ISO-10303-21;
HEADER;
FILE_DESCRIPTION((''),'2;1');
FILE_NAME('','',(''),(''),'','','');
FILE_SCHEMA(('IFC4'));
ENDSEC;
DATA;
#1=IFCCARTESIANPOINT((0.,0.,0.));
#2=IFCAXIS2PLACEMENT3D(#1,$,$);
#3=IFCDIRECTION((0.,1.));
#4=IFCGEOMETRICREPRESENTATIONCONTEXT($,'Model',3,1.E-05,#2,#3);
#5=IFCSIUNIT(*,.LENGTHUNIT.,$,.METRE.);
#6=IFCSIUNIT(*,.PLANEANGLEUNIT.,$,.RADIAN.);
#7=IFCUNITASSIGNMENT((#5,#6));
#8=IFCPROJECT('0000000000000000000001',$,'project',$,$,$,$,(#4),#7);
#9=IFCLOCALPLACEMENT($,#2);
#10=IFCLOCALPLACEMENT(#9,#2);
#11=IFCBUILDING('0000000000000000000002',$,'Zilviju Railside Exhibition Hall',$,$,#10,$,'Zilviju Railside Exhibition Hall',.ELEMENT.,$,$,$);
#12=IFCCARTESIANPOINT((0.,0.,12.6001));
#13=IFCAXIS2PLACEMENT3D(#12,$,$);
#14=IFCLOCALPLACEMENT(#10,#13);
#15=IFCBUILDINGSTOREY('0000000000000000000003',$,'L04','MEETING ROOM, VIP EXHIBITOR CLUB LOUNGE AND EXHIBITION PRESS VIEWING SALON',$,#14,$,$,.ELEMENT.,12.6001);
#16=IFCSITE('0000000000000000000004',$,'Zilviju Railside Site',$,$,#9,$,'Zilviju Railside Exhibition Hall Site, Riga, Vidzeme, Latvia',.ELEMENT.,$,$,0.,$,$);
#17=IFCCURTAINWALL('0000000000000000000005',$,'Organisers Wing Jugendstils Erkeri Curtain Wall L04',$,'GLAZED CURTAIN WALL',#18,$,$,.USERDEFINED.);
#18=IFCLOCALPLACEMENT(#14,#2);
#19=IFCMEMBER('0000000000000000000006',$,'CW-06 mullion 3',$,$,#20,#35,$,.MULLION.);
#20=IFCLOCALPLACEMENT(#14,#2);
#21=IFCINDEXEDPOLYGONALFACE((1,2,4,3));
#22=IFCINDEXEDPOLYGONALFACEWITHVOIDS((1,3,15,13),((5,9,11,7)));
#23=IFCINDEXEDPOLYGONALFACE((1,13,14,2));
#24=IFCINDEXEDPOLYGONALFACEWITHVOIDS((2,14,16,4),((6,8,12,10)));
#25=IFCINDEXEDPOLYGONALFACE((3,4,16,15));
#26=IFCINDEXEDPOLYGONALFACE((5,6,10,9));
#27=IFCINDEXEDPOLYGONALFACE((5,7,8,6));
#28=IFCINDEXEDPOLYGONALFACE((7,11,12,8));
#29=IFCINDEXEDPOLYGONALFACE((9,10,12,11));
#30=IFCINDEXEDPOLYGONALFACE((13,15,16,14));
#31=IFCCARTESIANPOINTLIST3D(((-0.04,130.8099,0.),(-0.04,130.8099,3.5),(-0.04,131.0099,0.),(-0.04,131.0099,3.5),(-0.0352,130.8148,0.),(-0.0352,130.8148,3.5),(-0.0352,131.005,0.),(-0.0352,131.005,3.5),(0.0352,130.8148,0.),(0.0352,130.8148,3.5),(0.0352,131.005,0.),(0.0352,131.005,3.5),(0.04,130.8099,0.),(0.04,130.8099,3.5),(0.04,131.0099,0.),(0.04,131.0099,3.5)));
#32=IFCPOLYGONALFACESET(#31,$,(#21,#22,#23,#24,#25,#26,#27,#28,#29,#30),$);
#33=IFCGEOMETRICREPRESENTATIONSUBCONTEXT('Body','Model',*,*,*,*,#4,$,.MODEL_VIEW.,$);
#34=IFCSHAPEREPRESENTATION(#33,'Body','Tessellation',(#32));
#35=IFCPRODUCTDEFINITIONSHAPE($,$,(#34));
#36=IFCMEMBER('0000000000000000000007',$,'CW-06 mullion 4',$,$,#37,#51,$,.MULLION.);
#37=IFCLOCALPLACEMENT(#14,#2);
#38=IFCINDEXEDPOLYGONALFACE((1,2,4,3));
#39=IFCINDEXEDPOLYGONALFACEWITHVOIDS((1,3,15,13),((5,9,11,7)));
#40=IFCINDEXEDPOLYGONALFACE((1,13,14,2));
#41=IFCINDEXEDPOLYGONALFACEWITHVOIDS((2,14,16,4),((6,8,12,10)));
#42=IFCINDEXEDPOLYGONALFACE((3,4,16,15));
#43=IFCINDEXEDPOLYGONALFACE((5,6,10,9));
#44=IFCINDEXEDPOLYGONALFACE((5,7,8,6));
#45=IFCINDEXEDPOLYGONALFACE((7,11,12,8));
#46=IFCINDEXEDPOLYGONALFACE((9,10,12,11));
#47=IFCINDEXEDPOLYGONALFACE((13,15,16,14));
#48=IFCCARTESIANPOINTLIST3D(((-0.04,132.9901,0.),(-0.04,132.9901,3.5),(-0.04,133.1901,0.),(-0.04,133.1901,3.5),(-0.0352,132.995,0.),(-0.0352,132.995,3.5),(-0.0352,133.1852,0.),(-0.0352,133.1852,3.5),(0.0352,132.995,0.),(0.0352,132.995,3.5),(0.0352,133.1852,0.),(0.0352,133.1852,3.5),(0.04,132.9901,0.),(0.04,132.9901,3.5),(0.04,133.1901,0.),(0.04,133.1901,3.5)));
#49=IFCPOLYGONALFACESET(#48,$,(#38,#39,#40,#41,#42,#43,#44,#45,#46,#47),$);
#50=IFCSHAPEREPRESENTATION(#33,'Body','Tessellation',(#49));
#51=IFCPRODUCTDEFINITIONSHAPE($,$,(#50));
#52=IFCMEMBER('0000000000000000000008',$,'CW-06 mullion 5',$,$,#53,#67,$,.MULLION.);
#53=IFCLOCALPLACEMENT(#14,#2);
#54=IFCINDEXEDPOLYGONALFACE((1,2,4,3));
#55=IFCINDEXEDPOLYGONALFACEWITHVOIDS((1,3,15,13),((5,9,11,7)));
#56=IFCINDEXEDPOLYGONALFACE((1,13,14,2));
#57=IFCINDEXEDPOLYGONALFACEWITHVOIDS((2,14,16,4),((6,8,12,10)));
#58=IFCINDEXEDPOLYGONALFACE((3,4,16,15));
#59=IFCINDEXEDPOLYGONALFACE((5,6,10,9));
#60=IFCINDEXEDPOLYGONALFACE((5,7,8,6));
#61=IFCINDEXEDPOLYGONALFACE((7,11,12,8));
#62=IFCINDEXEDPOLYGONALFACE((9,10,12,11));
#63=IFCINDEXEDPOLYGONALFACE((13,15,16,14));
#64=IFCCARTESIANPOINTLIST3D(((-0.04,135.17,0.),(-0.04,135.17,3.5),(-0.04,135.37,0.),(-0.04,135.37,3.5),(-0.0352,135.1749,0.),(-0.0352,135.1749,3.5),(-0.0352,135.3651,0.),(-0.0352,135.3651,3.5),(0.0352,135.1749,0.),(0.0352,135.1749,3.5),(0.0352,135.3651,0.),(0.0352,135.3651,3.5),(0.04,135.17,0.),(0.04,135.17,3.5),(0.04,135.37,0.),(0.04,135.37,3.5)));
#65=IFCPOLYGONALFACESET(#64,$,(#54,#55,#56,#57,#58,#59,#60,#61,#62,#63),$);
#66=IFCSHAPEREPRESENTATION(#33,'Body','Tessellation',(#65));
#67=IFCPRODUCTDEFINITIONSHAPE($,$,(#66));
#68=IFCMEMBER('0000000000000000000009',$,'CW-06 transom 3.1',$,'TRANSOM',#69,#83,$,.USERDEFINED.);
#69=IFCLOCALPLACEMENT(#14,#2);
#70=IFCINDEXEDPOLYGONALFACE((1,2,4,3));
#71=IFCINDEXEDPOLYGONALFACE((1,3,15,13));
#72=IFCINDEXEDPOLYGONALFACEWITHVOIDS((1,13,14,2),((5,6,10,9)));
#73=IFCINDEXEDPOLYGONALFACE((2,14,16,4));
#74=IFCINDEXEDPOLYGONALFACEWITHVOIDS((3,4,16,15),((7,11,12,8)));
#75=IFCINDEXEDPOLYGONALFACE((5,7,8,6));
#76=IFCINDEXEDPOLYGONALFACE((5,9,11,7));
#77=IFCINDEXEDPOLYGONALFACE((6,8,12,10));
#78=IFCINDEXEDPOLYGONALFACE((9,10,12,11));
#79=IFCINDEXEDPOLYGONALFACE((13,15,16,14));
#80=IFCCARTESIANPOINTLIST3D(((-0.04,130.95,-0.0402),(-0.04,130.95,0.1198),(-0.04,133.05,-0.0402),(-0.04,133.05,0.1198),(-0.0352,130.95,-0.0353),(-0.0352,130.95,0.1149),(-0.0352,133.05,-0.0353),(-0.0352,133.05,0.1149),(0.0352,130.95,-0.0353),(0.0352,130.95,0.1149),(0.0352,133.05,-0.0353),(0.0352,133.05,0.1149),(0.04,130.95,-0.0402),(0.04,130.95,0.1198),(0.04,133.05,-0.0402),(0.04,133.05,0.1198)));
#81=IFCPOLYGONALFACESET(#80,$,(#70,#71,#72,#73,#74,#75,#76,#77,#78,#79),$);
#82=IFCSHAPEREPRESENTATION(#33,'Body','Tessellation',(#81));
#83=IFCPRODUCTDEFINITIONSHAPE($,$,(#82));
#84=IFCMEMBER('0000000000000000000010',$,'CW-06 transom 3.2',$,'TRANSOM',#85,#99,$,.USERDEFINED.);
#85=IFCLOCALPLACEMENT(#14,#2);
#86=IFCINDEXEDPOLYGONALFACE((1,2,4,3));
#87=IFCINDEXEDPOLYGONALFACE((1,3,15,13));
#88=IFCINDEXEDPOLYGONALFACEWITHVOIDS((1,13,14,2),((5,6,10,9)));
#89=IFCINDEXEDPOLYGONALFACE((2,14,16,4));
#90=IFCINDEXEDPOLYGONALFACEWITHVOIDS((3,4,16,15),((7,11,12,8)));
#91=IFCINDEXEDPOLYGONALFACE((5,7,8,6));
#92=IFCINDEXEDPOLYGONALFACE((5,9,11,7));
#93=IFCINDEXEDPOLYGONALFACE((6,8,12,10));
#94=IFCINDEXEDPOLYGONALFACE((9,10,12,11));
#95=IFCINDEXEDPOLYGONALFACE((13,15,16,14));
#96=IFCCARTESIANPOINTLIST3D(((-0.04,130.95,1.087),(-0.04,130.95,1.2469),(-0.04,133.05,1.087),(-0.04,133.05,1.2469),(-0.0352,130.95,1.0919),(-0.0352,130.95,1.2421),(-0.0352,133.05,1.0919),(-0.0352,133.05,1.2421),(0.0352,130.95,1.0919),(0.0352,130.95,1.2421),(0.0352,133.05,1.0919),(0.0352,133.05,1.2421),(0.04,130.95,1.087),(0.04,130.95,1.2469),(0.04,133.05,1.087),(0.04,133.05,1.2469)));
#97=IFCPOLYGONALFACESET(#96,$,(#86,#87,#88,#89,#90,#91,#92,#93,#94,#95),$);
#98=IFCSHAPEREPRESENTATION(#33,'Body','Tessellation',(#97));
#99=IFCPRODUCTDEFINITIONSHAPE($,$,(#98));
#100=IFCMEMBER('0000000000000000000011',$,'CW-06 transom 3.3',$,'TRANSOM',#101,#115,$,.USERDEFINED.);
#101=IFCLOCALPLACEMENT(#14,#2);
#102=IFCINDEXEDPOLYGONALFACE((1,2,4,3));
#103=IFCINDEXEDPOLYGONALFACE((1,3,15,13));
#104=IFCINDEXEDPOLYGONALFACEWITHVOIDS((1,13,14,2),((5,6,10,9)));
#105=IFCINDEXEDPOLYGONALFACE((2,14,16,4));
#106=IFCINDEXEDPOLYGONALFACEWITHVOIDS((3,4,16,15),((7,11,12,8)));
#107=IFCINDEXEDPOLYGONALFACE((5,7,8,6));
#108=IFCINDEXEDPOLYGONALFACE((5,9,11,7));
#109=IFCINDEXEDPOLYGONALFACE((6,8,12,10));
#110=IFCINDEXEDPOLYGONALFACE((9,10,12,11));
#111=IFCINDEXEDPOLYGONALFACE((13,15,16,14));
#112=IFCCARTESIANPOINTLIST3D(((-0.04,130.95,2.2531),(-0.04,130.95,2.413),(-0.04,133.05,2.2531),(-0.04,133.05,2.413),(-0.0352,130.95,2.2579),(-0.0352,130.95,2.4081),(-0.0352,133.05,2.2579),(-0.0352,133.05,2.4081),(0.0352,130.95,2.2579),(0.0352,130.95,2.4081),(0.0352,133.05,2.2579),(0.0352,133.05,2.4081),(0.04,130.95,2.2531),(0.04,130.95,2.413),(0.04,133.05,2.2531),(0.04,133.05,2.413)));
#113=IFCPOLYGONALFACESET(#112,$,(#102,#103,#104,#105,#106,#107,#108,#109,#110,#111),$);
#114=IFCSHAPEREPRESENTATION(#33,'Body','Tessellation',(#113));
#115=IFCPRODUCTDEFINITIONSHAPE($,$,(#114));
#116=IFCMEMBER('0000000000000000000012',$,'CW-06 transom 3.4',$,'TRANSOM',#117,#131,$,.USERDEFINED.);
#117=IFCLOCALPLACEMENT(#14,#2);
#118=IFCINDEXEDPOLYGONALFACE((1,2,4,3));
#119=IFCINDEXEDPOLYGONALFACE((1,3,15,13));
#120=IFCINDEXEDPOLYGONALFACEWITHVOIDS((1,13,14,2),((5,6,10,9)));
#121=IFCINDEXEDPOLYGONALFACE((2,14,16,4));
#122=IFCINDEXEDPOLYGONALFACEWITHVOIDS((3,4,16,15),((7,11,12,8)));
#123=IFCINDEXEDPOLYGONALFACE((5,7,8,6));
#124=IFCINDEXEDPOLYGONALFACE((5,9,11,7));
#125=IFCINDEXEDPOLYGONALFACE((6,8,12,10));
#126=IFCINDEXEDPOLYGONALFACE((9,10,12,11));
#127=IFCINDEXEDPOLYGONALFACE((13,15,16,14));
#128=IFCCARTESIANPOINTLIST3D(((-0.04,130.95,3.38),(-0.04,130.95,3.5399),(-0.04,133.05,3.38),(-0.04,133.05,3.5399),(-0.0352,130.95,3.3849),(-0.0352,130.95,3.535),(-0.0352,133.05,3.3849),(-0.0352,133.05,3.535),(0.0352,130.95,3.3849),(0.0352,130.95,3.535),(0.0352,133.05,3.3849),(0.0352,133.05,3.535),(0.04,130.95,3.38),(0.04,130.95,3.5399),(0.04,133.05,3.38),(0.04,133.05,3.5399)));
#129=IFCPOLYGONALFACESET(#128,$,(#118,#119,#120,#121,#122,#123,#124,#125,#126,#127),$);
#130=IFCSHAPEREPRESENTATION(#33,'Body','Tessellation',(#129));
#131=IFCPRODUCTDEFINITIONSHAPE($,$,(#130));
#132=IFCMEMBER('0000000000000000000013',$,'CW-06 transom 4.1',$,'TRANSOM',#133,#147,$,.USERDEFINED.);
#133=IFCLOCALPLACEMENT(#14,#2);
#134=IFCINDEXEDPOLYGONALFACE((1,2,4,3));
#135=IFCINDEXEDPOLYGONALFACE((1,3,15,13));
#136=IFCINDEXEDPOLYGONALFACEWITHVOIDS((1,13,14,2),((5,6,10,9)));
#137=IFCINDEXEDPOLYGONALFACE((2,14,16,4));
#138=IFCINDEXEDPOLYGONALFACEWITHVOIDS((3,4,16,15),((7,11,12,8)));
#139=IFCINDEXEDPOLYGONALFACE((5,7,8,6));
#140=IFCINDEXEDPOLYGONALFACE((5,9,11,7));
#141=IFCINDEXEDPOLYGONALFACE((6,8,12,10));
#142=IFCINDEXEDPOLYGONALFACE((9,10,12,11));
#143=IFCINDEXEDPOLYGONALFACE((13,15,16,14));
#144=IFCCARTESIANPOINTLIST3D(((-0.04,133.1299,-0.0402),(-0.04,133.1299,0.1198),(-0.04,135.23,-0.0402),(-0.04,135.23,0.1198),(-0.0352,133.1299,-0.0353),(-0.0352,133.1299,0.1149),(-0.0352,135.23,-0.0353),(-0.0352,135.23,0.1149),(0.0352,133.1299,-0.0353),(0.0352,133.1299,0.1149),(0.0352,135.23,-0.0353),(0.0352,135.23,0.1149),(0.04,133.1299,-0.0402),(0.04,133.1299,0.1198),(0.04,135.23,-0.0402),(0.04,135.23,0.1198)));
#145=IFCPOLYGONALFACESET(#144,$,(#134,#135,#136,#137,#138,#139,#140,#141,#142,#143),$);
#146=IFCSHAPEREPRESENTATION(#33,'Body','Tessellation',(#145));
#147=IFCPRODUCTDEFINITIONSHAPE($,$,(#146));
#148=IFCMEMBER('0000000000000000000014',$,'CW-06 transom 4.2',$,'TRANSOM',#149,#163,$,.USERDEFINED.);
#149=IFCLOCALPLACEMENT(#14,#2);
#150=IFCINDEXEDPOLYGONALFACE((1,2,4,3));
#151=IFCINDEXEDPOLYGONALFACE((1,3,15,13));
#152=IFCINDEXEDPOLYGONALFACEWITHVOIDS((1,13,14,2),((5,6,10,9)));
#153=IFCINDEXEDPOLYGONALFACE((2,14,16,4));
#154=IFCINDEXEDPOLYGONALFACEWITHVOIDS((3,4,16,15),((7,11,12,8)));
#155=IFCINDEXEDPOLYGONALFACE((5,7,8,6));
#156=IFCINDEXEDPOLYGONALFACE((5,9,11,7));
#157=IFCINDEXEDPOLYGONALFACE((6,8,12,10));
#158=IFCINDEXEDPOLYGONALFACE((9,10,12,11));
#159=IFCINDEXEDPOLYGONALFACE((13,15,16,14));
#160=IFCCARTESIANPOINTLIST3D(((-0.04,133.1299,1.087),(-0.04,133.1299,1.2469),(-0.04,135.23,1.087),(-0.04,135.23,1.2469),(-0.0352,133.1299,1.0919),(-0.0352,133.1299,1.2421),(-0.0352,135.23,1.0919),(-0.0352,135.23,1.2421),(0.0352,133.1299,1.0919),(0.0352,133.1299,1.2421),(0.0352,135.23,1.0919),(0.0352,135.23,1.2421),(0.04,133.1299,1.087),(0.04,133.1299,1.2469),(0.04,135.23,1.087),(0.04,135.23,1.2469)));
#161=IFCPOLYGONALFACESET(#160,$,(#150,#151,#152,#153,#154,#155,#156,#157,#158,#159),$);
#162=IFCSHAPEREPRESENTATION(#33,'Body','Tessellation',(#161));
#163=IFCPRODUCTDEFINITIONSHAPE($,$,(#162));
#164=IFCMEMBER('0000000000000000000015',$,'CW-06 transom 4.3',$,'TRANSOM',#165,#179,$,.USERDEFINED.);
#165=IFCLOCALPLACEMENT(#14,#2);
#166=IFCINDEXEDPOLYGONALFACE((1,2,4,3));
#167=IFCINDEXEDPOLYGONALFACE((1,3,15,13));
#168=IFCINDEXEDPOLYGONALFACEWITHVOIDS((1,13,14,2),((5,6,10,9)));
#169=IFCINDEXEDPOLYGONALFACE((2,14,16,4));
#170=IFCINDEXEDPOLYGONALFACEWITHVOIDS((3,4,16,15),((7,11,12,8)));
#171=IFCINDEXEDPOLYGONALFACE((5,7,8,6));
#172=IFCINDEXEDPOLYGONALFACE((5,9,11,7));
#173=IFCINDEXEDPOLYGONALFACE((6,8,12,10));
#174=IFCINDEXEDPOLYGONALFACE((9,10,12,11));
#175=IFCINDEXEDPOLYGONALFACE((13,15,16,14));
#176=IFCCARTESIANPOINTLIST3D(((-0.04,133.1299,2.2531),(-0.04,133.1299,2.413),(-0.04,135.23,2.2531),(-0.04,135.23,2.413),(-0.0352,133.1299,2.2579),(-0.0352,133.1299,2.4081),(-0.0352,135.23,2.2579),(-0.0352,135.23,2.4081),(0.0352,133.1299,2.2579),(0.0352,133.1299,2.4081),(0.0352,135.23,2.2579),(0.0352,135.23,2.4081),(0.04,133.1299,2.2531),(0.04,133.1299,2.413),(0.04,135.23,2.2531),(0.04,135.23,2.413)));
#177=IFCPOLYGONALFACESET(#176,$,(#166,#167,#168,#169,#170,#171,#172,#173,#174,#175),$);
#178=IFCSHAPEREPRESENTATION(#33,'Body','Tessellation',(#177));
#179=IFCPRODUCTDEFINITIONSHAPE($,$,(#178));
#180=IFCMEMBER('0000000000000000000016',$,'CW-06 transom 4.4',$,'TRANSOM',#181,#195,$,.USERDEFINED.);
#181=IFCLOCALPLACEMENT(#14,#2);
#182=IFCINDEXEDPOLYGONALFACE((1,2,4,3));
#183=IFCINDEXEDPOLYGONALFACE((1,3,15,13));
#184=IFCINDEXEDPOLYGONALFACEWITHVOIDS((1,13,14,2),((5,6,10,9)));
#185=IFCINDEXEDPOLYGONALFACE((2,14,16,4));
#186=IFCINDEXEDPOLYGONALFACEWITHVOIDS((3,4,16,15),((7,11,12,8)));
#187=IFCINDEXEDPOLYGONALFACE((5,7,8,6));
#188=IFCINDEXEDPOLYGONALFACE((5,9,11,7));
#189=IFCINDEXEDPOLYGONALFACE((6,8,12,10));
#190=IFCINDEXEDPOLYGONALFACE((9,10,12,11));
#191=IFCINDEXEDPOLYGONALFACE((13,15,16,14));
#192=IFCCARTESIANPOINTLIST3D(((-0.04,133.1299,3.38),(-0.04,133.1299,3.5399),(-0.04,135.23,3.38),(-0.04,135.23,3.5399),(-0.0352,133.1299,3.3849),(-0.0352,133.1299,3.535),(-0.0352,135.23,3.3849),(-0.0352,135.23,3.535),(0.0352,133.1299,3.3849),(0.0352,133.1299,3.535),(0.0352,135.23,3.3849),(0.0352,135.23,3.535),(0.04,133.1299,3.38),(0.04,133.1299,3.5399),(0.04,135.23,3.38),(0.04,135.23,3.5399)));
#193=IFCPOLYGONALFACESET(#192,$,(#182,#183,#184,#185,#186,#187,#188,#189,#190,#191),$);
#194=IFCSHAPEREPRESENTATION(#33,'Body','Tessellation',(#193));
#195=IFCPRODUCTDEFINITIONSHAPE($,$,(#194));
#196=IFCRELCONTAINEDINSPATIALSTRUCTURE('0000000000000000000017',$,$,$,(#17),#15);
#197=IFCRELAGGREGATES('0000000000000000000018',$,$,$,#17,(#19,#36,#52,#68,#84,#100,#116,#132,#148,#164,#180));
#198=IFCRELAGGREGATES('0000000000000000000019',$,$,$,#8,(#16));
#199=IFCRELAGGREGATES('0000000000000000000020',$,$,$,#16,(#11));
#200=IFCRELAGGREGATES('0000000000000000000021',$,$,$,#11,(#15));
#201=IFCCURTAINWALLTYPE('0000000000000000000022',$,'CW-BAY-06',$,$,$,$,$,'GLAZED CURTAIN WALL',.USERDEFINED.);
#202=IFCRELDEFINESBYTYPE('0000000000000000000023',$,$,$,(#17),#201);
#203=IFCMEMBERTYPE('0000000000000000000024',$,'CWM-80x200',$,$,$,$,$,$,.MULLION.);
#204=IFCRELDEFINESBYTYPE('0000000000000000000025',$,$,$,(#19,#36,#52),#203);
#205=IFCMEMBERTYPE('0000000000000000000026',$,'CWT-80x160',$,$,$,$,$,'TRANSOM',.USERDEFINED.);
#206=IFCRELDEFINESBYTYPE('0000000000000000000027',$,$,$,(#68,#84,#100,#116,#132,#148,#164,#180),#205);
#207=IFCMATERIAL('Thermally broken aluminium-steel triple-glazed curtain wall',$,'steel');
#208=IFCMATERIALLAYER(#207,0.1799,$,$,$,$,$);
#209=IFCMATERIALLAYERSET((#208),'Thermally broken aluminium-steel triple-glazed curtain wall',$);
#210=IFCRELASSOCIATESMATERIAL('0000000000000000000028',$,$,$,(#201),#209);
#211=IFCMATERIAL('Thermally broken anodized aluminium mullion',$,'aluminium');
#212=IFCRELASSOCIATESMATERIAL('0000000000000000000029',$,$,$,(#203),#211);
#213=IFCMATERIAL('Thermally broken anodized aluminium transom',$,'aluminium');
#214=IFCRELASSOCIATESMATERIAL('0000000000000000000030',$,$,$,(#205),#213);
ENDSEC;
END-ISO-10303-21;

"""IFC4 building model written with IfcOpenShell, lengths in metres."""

from ifc_helpers import new_model, si_unit, direction, frame, origin, origin_2d, place, context, subcontext, project, spatial, hollow_rectangle, extrude, material, layer, layer_set, material_profile, profile_set, type_object, element, aggregate, save


model = new_model("IFC4")

# Units and contexts
model_context = context("Model", 3, precision=1e-05, world=origin(), true_north=direction((0.0, 1.0)))
body_context = subcontext(model_context, "Body", "Model", "MODEL_VIEW")
ifc_project = project(units=[si_unit("LENGTHUNIT", "METRE"), si_unit("PLANEANGLEUNIT", "RADIAN")], contexts=[model_context])

# Site, building, storey
site_placement = place(None, origin())
site = spatial("IfcSite", under=ifc_project, at=site_placement, Name="Zilviju Railside Site", LongName="Zilviju Railside Exhibition Hall Site, Riga, Vidzeme, Latvia", CompositionType="ELEMENT", RefElevation=0.0)
building_placement = place(site_placement, origin())
building = spatial("IfcBuilding", under=site, at=building_placement, Name="Zilviju Railside Exhibition Hall", LongName="Zilviju Railside Exhibition Hall", CompositionType="ELEMENT")
storey_placement = place(building_placement, frame((0.0, 0.0, 12.6001)))
storey = spatial("IfcBuildingStorey", under=building, at=storey_placement, Name="L04", Description="MEETING ROOM, VIP EXHIBITOR CLUB LOUNGE AND EXHIBITION PRESS VIEWING SALON", CompositionType="ELEMENT", Elevation=12.6001)

# Curtain wall, members
ifc_material_1 = material(Name="Thermally broken aluminium-steel triple-glazed curtain wall", Category="steel")
ifc_layer_1 = layer(ifc_material_1, 0.1799)
ifc_layer_set_1 = layer_set([ifc_layer_1], Name="Thermally broken aluminium-steel triple-glazed curtain wall")
curtain_wall_type = type_object("IfcCurtainWallType", Name="CW-BAY-06", ElementType="GLAZED CURTAIN WALL", PredefinedType="USERDEFINED", material=ifc_layer_set_1)
curtain_wall_placement = place(storey_placement, origin())
curtain_wall = element("IfcCurtainWall", 1, at=curtain_wall_placement, inside=storey, type_object=curtain_wall_type, Name="Organisers Wing Jugendstils Erkeri Curtain Wall L04", ObjectType="GLAZED CURTAIN WALL", PredefinedType="USERDEFINED")
ifc_material_2 = material(Name="Thermally broken anodized aluminium mullion", Category="aluminium")
ifc_material_profile_1 = material_profile(ifc_material_2, hollow_rectangle(XDim=0.0801, YDim=0.2, WallThickness=0.0049, at=origin_2d()), Name="MULLION 200x80x5")
ifc_profile_set_1 = profile_set([ifc_material_profile_1], Name="Thermally broken anodized aluminium mullion")
member_type_1 = type_object("IfcMemberType", Name="CWM-80x200", PredefinedType="MULLION", material=ifc_profile_set_1)
member_1_placement = place(storey_placement, frame((0.0, 130.9099, 0.0), z_axis=(0.0, 0.0, 1.0), x_axis=(-1.0, 0.0, 0.0)))
member_1 = element("IfcMember", 2, at=member_1_placement, type_object=member_type_1, Name="CW-06 mullion 3", PredefinedType="MULLION", context=body_context, shape_type="SweptSolid", body=[
    extrude(hollow_rectangle(XDim=0.0801, YDim=0.2, WallThickness=0.0049, at=origin_2d()), origin(), (0.0, 0.0, 1.0), 3.5),
])
member_2_placement = place(storey_placement, frame((0.0, 133.0901, 0.0), z_axis=(0.0, 0.0, 1.0), x_axis=(-1.0, 0.0, 0.0)))
member_2 = element("IfcMember", 3, at=member_2_placement, type_object=member_type_1, Name="CW-06 mullion 4", PredefinedType="MULLION", context=body_context, shape_type="SweptSolid", body=[
    extrude(hollow_rectangle(XDim=0.0801, YDim=0.2, WallThickness=0.0049, at=origin_2d()), origin(), (0.0, 0.0, 1.0), 3.5),
])
member_3_placement = place(storey_placement, frame((0.0, 135.27, 0.0), z_axis=(0.0, 0.0, 1.0), x_axis=(-1.0, 0.0, 0.0)))
member_3 = element("IfcMember", 4, at=member_3_placement, type_object=member_type_1, Name="CW-06 mullion 5", PredefinedType="MULLION", context=body_context, shape_type="SweptSolid", body=[
    extrude(hollow_rectangle(XDim=0.0801, YDim=0.2, WallThickness=0.0049, at=origin_2d()), origin(), (0.0, 0.0, 1.0), 3.5),
])
ifc_material_3 = material(Name="Thermally broken anodized aluminium transom", Category="aluminium")
ifc_material_profile_2 = material_profile(ifc_material_3, hollow_rectangle(XDim=0.0801, YDim=0.1599, WallThickness=0.0049, at=origin_2d()), Name="TRANSOM 160x80x5")
ifc_profile_set_2 = profile_set([ifc_material_profile_2], Name="Thermally broken anodized aluminium transom")
member_type_2 = type_object("IfcMemberType", Name="CWT-80x160", ElementType="TRANSOM", PredefinedType="USERDEFINED", material=ifc_profile_set_2)
member_4_placement = place(storey_placement, frame((0.0, 130.95, 0.0398), z_axis=(0.0, 1.0, 0.0), x_axis=(-1.0, 0.0, 0.0)))
member_4 = element("IfcMember", 5, at=member_4_placement, type_object=member_type_2, Name="CW-06 transom 3.1", ObjectType="TRANSOM", PredefinedType="USERDEFINED", context=body_context, shape_type="SweptSolid", body=[
    extrude(hollow_rectangle(XDim=0.0801, YDim=0.1599, WallThickness=0.0049, at=origin_2d()), origin(), (0.0, 0.0, 1.0), 2.1001),
])
member_5_placement = place(storey_placement, frame((0.0, 130.95, 1.167), z_axis=(0.0, 1.0, 0.0), x_axis=(-1.0, 0.0, 0.0)))
member_5 = element("IfcMember", 6, at=member_5_placement, type_object=member_type_2, Name="CW-06 transom 3.2", ObjectType="TRANSOM", PredefinedType="USERDEFINED", context=body_context, shape_type="SweptSolid", body=[
    extrude(hollow_rectangle(XDim=0.0801, YDim=0.1599, WallThickness=0.0049, at=origin_2d()), origin(), (0.0, 0.0, 1.0), 2.1001),
])
member_6_placement = place(storey_placement, frame((0.0, 130.95, 2.333), z_axis=(0.0, 1.0, 0.0), x_axis=(-1.0, 0.0, 0.0)))
member_6 = element("IfcMember", 7, at=member_6_placement, type_object=member_type_2, Name="CW-06 transom 3.3", ObjectType="TRANSOM", PredefinedType="USERDEFINED", context=body_context, shape_type="SweptSolid", body=[
    extrude(hollow_rectangle(XDim=0.0801, YDim=0.1599, WallThickness=0.0049, at=origin_2d()), origin(), (0.0, 0.0, 1.0), 2.1001),
])
member_7_placement = place(storey_placement, frame((0.0, 130.95, 3.46), z_axis=(0.0, 1.0, 0.0), x_axis=(-1.0, 0.0, 0.0)))
member_7 = element("IfcMember", 8, at=member_7_placement, type_object=member_type_2, Name="CW-06 transom 3.4", ObjectType="TRANSOM", PredefinedType="USERDEFINED", context=body_context, shape_type="SweptSolid", body=[
    extrude(hollow_rectangle(XDim=0.0801, YDim=0.1599, WallThickness=0.0049, at=origin_2d()), origin(), (0.0, 0.0, 1.0), 2.1001),
])
member_8_placement = place(storey_placement, frame((0.0, 133.1299, 0.0398), z_axis=(0.0, 1.0, 0.0), x_axis=(-1.0, 0.0, 0.0)))
member_8 = element("IfcMember", 9, at=member_8_placement, type_object=member_type_2, Name="CW-06 transom 4.1", ObjectType="TRANSOM", PredefinedType="USERDEFINED", context=body_context, shape_type="SweptSolid", body=[
    extrude(hollow_rectangle(XDim=0.0801, YDim=0.1599, WallThickness=0.0049, at=origin_2d()), origin(), (0.0, 0.0, 1.0), 2.1001),
])
member_9_placement = place(storey_placement, frame((0.0, 133.1299, 1.167), z_axis=(0.0, 1.0, 0.0), x_axis=(-1.0, 0.0, 0.0)))
member_9 = element("IfcMember", 10, at=member_9_placement, type_object=member_type_2, Name="CW-06 transom 4.2", ObjectType="TRANSOM", PredefinedType="USERDEFINED", context=body_context, shape_type="SweptSolid", body=[
    extrude(hollow_rectangle(XDim=0.0801, YDim=0.1599, WallThickness=0.0049, at=origin_2d()), origin(), (0.0, 0.0, 1.0), 2.1001),
])
member_10_placement = place(storey_placement, frame((0.0, 133.1299, 2.333), z_axis=(0.0, 1.0, 0.0), x_axis=(-1.0, 0.0, 0.0)))
member_10 = element("IfcMember", 11, at=member_10_placement, type_object=member_type_2, Name="CW-06 transom 4.3", ObjectType="TRANSOM", PredefinedType="USERDEFINED", context=body_context, shape_type="SweptSolid", body=[
    extrude(hollow_rectangle(XDim=0.0801, YDim=0.1599, WallThickness=0.0049, at=origin_2d()), origin(), (0.0, 0.0, 1.0), 2.1001),
])
member_11_placement = place(storey_placement, frame((0.0, 133.1299, 3.46), z_axis=(0.0, 1.0, 0.0), x_axis=(-1.0, 0.0, 0.0)))
member_11 = element("IfcMember", 12, at=member_11_placement, type_object=member_type_2, Name="CW-06 transom 4.4", ObjectType="TRANSOM", PredefinedType="USERDEFINED", context=body_context, shape_type="SweptSolid", body=[
    extrude(hollow_rectangle(XDim=0.0801, YDim=0.1599, WallThickness=0.0049, at=origin_2d()), origin(), (0.0, 0.0, 1.0), 2.1001),
])
aggregate(curtain_wall, [member_1, member_2, member_3, member_4, member_5, member_6, member_7, member_8, member_9, member_10, member_11])

save(model, "model.ifc")
